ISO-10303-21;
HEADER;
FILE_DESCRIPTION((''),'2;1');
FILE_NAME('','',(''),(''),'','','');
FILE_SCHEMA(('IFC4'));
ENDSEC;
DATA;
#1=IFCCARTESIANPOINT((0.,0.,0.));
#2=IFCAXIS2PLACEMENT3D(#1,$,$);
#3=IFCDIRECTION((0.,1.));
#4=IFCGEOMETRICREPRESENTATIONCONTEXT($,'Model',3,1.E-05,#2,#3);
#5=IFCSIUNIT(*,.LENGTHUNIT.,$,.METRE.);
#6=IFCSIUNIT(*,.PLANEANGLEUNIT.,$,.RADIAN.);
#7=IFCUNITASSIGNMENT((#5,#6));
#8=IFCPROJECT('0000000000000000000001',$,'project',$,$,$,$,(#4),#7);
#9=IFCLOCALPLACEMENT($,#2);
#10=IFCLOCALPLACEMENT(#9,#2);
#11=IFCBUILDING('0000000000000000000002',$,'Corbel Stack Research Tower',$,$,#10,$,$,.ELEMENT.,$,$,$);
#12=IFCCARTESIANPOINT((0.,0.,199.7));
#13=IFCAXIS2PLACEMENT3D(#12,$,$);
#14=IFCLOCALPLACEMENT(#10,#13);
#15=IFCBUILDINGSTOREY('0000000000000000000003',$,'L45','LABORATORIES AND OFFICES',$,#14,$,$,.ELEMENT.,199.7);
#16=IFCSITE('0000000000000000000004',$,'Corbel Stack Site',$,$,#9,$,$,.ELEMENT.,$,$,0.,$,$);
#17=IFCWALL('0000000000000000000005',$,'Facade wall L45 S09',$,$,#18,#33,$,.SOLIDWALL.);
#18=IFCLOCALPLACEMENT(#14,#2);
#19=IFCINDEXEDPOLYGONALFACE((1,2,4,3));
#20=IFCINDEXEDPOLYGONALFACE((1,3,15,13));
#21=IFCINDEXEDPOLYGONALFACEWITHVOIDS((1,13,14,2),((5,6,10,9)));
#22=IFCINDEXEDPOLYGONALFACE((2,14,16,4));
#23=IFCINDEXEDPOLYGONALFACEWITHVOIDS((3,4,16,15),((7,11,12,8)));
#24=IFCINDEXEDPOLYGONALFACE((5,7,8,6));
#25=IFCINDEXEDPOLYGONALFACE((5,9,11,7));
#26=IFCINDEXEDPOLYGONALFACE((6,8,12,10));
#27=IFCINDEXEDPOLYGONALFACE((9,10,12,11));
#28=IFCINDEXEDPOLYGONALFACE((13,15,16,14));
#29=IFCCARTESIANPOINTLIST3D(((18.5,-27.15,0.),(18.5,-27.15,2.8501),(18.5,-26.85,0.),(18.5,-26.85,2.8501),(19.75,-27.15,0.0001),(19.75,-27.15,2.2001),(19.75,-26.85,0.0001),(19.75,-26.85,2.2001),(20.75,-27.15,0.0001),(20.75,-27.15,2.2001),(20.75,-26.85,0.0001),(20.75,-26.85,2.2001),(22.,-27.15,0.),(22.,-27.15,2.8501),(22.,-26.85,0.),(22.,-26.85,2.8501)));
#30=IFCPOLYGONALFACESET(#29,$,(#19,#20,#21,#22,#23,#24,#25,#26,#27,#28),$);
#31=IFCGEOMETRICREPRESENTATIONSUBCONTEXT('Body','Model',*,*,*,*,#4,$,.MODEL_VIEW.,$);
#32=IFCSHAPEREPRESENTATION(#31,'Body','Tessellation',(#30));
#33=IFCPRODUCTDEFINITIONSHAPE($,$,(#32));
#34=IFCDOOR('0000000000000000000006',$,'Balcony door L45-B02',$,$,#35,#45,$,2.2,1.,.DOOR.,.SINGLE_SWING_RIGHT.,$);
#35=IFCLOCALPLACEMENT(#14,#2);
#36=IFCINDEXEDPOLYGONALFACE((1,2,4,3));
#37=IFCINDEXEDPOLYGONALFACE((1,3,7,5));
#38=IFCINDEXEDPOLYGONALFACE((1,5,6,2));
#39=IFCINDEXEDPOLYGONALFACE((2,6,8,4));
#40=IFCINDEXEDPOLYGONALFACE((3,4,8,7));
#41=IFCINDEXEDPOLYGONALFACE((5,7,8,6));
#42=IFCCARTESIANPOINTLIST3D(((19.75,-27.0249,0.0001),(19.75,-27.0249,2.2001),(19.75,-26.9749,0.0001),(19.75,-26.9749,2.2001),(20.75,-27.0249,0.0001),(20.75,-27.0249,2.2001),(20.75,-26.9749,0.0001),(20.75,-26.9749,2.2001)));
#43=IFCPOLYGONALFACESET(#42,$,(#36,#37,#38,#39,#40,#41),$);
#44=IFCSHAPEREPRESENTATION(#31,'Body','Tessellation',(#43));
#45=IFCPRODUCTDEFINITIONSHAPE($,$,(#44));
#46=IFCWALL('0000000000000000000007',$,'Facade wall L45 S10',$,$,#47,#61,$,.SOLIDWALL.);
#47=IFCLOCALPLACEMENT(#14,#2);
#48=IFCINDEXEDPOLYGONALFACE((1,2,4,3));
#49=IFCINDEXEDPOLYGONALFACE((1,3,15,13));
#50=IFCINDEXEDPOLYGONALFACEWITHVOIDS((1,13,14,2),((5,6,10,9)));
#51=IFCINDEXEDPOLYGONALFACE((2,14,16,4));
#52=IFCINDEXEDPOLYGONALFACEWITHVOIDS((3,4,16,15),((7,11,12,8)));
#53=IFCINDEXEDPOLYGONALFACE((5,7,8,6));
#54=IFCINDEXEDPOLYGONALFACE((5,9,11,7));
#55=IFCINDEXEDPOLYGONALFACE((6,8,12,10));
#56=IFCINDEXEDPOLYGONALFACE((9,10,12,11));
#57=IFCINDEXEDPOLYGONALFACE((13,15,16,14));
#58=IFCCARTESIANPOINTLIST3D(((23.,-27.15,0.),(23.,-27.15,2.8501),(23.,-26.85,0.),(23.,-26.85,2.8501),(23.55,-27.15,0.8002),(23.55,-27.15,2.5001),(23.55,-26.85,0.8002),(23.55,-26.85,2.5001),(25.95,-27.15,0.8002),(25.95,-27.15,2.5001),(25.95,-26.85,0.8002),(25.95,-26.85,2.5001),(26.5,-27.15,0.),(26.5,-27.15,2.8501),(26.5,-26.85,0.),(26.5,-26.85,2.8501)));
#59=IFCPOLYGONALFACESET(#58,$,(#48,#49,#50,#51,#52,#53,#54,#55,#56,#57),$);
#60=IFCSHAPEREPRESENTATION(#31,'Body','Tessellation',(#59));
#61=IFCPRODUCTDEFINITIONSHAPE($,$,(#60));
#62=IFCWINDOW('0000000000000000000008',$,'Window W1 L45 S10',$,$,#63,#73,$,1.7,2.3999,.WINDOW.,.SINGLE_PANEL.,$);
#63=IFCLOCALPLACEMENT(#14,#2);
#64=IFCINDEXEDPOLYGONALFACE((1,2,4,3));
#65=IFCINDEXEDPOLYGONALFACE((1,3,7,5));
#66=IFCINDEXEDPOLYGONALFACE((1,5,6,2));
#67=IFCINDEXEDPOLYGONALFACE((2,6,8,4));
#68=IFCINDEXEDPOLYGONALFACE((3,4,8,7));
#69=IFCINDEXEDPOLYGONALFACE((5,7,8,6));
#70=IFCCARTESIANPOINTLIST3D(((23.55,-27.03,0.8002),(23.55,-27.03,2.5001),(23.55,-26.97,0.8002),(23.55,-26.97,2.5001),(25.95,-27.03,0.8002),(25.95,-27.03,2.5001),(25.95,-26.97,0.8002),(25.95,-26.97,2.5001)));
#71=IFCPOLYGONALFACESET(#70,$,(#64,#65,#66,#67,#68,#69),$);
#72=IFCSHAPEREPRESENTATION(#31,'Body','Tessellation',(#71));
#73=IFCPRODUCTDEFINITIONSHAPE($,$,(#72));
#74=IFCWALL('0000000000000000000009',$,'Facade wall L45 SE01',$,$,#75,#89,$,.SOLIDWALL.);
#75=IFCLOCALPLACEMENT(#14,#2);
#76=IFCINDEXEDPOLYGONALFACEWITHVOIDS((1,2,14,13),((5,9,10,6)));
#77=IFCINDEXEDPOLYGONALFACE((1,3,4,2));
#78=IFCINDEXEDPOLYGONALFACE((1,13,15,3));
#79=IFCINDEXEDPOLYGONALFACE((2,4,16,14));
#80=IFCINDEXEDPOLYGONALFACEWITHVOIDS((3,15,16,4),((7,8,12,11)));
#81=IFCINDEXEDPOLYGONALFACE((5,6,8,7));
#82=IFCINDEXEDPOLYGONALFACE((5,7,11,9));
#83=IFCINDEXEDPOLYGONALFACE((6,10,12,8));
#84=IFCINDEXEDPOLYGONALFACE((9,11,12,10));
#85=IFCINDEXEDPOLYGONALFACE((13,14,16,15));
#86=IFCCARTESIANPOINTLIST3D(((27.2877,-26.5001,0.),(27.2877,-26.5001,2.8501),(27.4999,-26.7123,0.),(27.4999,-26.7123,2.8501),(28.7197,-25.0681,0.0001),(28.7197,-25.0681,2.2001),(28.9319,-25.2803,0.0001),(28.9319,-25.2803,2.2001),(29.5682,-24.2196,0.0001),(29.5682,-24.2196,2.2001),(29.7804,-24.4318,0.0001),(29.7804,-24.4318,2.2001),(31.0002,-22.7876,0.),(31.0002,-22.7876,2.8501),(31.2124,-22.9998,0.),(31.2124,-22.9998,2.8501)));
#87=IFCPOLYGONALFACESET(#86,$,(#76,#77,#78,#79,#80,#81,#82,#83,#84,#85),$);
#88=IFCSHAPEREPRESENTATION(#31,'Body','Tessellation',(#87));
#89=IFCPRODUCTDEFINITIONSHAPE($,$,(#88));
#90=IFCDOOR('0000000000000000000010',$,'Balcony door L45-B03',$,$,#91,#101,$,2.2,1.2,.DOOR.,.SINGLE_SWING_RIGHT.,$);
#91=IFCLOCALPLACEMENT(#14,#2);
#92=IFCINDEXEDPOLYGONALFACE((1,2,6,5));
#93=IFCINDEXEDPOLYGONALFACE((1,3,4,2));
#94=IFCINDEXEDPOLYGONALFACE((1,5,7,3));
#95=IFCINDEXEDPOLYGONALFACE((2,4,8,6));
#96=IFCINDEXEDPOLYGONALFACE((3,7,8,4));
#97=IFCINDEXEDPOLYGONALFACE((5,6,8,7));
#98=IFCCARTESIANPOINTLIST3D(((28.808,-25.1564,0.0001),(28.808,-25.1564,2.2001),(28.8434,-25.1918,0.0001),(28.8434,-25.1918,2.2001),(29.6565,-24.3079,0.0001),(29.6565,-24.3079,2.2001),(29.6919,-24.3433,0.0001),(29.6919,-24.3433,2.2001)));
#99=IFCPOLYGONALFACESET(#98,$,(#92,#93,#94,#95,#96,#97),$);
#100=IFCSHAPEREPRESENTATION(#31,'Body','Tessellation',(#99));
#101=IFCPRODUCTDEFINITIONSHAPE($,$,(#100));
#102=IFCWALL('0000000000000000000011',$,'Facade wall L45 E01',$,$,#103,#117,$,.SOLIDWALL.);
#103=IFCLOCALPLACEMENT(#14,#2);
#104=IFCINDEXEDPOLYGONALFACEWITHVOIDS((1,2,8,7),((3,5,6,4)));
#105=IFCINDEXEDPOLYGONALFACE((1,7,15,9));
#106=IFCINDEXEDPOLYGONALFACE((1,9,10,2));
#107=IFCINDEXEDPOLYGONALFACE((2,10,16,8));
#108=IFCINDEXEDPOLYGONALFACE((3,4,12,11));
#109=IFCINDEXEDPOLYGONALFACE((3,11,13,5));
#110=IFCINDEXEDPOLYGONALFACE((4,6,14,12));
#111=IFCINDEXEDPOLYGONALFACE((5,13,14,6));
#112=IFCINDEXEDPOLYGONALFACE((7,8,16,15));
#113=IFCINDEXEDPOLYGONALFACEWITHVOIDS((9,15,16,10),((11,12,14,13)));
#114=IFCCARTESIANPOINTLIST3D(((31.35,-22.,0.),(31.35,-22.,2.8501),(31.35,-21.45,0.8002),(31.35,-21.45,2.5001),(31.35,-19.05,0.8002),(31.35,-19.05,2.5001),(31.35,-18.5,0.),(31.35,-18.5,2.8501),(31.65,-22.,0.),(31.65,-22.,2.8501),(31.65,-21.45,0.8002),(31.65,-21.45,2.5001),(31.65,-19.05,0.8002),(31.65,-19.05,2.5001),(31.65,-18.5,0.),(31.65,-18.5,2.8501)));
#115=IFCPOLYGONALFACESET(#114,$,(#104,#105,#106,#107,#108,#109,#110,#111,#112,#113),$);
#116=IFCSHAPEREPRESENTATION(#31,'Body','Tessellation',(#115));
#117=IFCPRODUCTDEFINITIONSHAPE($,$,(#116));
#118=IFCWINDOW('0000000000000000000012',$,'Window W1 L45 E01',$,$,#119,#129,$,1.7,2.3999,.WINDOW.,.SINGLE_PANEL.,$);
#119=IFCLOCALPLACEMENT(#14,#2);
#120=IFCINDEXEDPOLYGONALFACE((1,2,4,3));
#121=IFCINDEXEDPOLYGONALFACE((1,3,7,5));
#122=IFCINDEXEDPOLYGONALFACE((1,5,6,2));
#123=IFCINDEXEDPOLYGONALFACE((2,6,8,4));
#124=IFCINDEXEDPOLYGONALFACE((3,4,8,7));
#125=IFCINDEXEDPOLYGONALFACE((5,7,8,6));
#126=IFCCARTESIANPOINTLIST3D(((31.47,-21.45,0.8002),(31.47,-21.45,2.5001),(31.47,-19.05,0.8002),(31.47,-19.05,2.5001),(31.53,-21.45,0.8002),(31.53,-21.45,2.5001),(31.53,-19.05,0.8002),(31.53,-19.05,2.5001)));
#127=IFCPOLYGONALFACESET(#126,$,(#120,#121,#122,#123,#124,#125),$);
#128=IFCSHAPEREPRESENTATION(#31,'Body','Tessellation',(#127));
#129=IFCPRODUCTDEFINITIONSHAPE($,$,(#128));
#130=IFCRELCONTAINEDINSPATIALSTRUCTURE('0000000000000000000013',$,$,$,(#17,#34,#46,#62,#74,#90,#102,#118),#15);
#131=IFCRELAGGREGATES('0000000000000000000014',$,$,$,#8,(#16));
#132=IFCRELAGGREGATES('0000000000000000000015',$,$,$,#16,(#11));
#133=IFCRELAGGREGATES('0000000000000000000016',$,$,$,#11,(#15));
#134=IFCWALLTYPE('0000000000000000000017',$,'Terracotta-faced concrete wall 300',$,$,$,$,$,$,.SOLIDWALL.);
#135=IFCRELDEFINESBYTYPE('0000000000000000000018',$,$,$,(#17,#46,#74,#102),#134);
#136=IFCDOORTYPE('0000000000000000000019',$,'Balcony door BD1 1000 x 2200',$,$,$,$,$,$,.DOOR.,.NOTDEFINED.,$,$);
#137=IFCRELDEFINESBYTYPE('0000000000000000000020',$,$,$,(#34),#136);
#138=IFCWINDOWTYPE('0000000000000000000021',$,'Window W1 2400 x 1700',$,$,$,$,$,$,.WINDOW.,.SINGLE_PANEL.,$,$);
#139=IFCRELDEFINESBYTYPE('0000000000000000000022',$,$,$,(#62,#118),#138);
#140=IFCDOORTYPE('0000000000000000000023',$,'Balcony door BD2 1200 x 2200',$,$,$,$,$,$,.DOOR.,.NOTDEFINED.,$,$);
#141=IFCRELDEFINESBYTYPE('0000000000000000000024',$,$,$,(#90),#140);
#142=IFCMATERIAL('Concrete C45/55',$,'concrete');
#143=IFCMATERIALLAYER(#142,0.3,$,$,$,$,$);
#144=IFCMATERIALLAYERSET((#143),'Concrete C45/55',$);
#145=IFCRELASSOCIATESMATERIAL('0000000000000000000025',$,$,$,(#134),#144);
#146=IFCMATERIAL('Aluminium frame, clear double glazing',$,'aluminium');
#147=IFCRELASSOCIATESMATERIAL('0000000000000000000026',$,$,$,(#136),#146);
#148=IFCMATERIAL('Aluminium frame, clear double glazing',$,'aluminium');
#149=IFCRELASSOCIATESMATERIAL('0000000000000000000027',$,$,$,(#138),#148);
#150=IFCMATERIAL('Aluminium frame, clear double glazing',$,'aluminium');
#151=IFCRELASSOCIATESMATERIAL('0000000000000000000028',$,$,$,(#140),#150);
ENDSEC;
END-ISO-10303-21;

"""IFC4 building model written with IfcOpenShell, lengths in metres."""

from ifc_helpers import new_model, si_unit, direction, frame, frame_2d, origin, place, context, subcontext, project, spatial, rectangle, extrude, material, layer, layer_set, type_object, element, fill, save


model = new_model("IFC4")

# Units and contexts
model_context = context("Model", 3, precision=1e-05, world=origin(), true_north=direction((0.0, 1.0)))
body_context = subcontext(model_context, "Body", "Model", "MODEL_VIEW")
ifc_project = project(units=[si_unit("LENGTHUNIT", "METRE"), si_unit("PLANEANGLEUNIT", "RADIAN")], contexts=[model_context])

# Site, building, storey
site_placement = place(None, origin())
site = spatial("IfcSite", under=ifc_project, at=site_placement, Name="Corbel Stack Site", CompositionType="ELEMENT", RefElevation=0.0)
building_placement = place(site_placement, origin())
building = spatial("IfcBuilding", under=site, at=building_placement, Name="Corbel Stack Research Tower", CompositionType="ELEMENT")
storey_placement = place(building_placement, frame((0.0, 0.0, 199.7)))
storey = spatial("IfcBuildingStorey", under=building, at=storey_placement, Name="L45", Description="LABORATORIES AND OFFICES", CompositionType="ELEMENT", Elevation=199.7)

# Wall, opening, door
ifc_material_1 = material(Name="Concrete C45/55", Category="concrete")
ifc_layer_1 = layer(ifc_material_1, 0.3)
ifc_layer_set_1 = layer_set([ifc_layer_1], Name="Concrete C45/55")
wall_type_1 = type_object("IfcWallType", Name="Terracotta-faced concrete wall 300", PredefinedType="SOLIDWALL", material=ifc_layer_set_1)
wall_1_placement = place(storey_placement, frame((22.0, -27.0, 0.0), z_axis=(0.0, 0.0, 1.0), x_axis=(-1.0, 0.0, 0.0)))
wall_1 = element("IfcWall", 1, at=wall_1_placement, inside=storey, type_object=wall_type_1, Name="Facade wall L45 S09", PredefinedType="SOLIDWALL", context=body_context, shape_type="SweptSolid", body=[
    extrude(rectangle(XDim=3.5, YDim=0.3, at=frame_2d((1.75, 0.0))), origin(), (0.0, 0.0, 1.0), 2.8501),
])
opening_1_placement = place(wall_1_placement, frame((1.25, 0.0, 0.0)))
opening_1 = element("IfcOpeningElement", 2, at=opening_1_placement, cuts=wall_1, PredefinedType="OPENING", context=body_context, shape_type="SweptSolid", body=[
    extrude(rectangle(XDim=1.0, YDim=2.2, at=frame_2d((0.5, 1.1001))), frame((0.0, 0.1599, 0.0), z_axis=(0.0, -1.0, 0.0), x_axis=(1.0, 0.0, 0.0)), (0.0, 0.0, 1.0), 0.3201),
])
ifc_material_2 = material(Name="Aluminium frame, clear double glazing", Category="aluminium")
door_type_1 = type_object("IfcDoorType", Name="Balcony door BD1 1000 x 2200", OperationType="NOTDEFINED", PredefinedType="DOOR", material=ifc_material_2)
door_1_placement = place(opening_1_placement, origin())
door_1 = element("IfcDoor", 3, at=door_1_placement, inside=storey, type_object=door_type_1, Name="Balcony door L45-B02", OperationType="SINGLE_SWING_RIGHT", OverallHeight=2.2, OverallWidth=1.0, PredefinedType="DOOR", context=body_context, shape_type="SweptSolid", body=[
    extrude(rectangle(XDim=1.0, YDim=2.2, at=frame_2d((0.5, 1.1001))), frame((0.0, 0.0249, 0.0), z_axis=(0.0, -1.0, 0.0), x_axis=(1.0, 0.0, 0.0)), (0.0, 0.0, 1.0), 0.05),
])
fill(opening_1, door_1)

# Wall, opening, window
wall_2_placement = place(storey_placement, frame((26.5, -27.0, 0.0), z_axis=(0.0, 0.0, 1.0), x_axis=(-1.0, 0.0, 0.0)))
wall_2 = element("IfcWall", 4, at=wall_2_placement, inside=storey, type_object=wall_type_1, Name="Facade wall L45 S10", PredefinedType="SOLIDWALL", context=body_context, shape_type="SweptSolid", body=[
    extrude(rectangle(XDim=3.5, YDim=0.3, at=frame_2d((1.75, 0.0))), origin(), (0.0, 0.0, 1.0), 2.8501),
])
opening_2_placement = place(wall_2_placement, frame((0.55, 0.0, 0.8)))
opening_2 = element("IfcOpeningElement", 5, at=opening_2_placement, cuts=wall_2, PredefinedType="OPENING", context=body_context, shape_type="SweptSolid", body=[
    extrude(rectangle(XDim=2.3999, YDim=1.7, at=frame_2d((1.2, 0.8501))), frame((0.0, 0.1599, 0.0), z_axis=(0.0, -1.0, 0.0), x_axis=(1.0, 0.0, 0.0)), (0.0, 0.0, 1.0), 0.3201),
])
ifc_material_3 = material(Name="Aluminium frame, clear double glazing", Category="aluminium")
window_type = type_object("IfcWindowType", Name="Window W1 2400 x 1700", PartitioningType="SINGLE_PANEL", PredefinedType="WINDOW", material=ifc_material_3)
window_1_placement = place(opening_2_placement, origin())
window_1 = element("IfcWindow", 6, at=window_1_placement, inside=storey, type_object=window_type, Name="Window W1 L45 S10", OverallHeight=1.7, OverallWidth=2.3999, PartitioningType="SINGLE_PANEL", PredefinedType="WINDOW", context=body_context, shape_type="SweptSolid", body=[
    extrude(rectangle(XDim=2.3999, YDim=1.7, at=frame_2d((1.2, 0.8501))), frame((0.0, 0.03, 0.0), z_axis=(0.0, -1.0, 0.0), x_axis=(1.0, 0.0, 0.0)), (0.0, 0.0, 1.0), 0.0601),
])
fill(opening_2, window_1)

# Wall, opening, door
wall_3_placement = place(storey_placement, frame((31.1062, -22.8938, 0.0), z_axis=(0.0, 0.0, 1.0), x_axis=(-0.707107, -0.707107, 0.0)))
wall_3 = element("IfcWall", 7, at=wall_3_placement, inside=storey, type_object=wall_type_1, Name="Facade wall L45 SE01", PredefinedType="SOLIDWALL", context=body_context, shape_type="SweptSolid", body=[
    extrude(rectangle(XDim=5.2502, YDim=0.3, at=frame_2d((2.625, 0.0))), origin(), (0.0, 0.0, 1.0), 2.8501),
])
opening_3_placement = place(wall_3_placement, frame((2.0249, 0.0, 0.0)))
opening_3 = element("IfcOpeningElement", 8, at=opening_3_placement, cuts=wall_3, PredefinedType="OPENING", context=body_context, shape_type="SweptSolid", body=[
    extrude(rectangle(XDim=1.2, YDim=2.2, at=frame_2d((0.6001, 1.1001))), frame((0.0, 0.1599, 0.0), z_axis=(0.0, -1.0, 0.0), x_axis=(1.0, 0.0, 0.0)), (0.0, 0.0, 1.0), 0.3201),
])
ifc_material_4 = material(Name="Aluminium frame, clear double glazing", Category="aluminium")
door_type_2 = type_object("IfcDoorType", Name="Balcony door BD2 1200 x 2200", OperationType="NOTDEFINED", PredefinedType="DOOR", material=ifc_material_4)
door_2_placement = place(opening_3_placement, origin())
door_2 = element("IfcDoor", 9, at=door_2_placement, inside=storey, type_object=door_type_2, Name="Balcony door L45-B03", OperationType="SINGLE_SWING_RIGHT", OverallHeight=2.2, OverallWidth=1.2, PredefinedType="DOOR", context=body_context, shape_type="SweptSolid", body=[
    extrude(rectangle(XDim=1.2, YDim=2.2, at=frame_2d((0.6001, 1.1001))), frame((0.0, 0.0249, 0.0), z_axis=(0.0, -1.0, 0.0), x_axis=(1.0, 0.0, 0.0)), (0.0, 0.0, 1.0), 0.05),
])
fill(opening_3, door_2)

# Wall, opening, window
wall_4_placement = place(storey_placement, frame((31.5, -18.5, 0.0), z_axis=(0.0, 0.0, 1.0), x_axis=(0.0, -1.0, 0.0)))
wall_4 = element("IfcWall", 10, at=wall_4_placement, inside=storey, type_object=wall_type_1, Name="Facade wall L45 E01", PredefinedType="SOLIDWALL", context=body_context, shape_type="SweptSolid", body=[
    extrude(rectangle(XDim=3.5, YDim=0.3, at=frame_2d((1.75, 0.0))), origin(), (0.0, 0.0, 1.0), 2.8501),
])
opening_4_placement = place(wall_4_placement, frame((0.55, 0.0, 0.8)))
opening_4 = element("IfcOpeningElement", 11, at=opening_4_placement, cuts=wall_4, PredefinedType="OPENING", context=body_context, shape_type="SweptSolid", body=[
    extrude(rectangle(XDim=2.3999, YDim=1.7, at=frame_2d((1.2, 0.8501))), frame((0.0, 0.1599, 0.0), z_axis=(0.0, -1.0, 0.0), x_axis=(1.0, 0.0, 0.0)), (0.0, 0.0, 1.0), 0.3201),
])
window_2_placement = place(opening_4_placement, origin())
window_2 = element("IfcWindow", 12, at=window_2_placement, inside=storey, type_object=window_type, Name="Window W1 L45 E01", OverallHeight=1.7, OverallWidth=2.3999, PartitioningType="SINGLE_PANEL", PredefinedType="WINDOW", context=body_context, shape_type="SweptSolid", body=[
    extrude(rectangle(XDim=2.3999, YDim=1.7, at=frame_2d((1.2, 0.8501))), frame((0.0, 0.03, 0.0), z_axis=(0.0, -1.0, 0.0), x_axis=(1.0, 0.0, 0.0)), (0.0, 0.0, 1.0), 0.0601),
])
fill(opening_4, window_2)

save(model, "model.ifc")
